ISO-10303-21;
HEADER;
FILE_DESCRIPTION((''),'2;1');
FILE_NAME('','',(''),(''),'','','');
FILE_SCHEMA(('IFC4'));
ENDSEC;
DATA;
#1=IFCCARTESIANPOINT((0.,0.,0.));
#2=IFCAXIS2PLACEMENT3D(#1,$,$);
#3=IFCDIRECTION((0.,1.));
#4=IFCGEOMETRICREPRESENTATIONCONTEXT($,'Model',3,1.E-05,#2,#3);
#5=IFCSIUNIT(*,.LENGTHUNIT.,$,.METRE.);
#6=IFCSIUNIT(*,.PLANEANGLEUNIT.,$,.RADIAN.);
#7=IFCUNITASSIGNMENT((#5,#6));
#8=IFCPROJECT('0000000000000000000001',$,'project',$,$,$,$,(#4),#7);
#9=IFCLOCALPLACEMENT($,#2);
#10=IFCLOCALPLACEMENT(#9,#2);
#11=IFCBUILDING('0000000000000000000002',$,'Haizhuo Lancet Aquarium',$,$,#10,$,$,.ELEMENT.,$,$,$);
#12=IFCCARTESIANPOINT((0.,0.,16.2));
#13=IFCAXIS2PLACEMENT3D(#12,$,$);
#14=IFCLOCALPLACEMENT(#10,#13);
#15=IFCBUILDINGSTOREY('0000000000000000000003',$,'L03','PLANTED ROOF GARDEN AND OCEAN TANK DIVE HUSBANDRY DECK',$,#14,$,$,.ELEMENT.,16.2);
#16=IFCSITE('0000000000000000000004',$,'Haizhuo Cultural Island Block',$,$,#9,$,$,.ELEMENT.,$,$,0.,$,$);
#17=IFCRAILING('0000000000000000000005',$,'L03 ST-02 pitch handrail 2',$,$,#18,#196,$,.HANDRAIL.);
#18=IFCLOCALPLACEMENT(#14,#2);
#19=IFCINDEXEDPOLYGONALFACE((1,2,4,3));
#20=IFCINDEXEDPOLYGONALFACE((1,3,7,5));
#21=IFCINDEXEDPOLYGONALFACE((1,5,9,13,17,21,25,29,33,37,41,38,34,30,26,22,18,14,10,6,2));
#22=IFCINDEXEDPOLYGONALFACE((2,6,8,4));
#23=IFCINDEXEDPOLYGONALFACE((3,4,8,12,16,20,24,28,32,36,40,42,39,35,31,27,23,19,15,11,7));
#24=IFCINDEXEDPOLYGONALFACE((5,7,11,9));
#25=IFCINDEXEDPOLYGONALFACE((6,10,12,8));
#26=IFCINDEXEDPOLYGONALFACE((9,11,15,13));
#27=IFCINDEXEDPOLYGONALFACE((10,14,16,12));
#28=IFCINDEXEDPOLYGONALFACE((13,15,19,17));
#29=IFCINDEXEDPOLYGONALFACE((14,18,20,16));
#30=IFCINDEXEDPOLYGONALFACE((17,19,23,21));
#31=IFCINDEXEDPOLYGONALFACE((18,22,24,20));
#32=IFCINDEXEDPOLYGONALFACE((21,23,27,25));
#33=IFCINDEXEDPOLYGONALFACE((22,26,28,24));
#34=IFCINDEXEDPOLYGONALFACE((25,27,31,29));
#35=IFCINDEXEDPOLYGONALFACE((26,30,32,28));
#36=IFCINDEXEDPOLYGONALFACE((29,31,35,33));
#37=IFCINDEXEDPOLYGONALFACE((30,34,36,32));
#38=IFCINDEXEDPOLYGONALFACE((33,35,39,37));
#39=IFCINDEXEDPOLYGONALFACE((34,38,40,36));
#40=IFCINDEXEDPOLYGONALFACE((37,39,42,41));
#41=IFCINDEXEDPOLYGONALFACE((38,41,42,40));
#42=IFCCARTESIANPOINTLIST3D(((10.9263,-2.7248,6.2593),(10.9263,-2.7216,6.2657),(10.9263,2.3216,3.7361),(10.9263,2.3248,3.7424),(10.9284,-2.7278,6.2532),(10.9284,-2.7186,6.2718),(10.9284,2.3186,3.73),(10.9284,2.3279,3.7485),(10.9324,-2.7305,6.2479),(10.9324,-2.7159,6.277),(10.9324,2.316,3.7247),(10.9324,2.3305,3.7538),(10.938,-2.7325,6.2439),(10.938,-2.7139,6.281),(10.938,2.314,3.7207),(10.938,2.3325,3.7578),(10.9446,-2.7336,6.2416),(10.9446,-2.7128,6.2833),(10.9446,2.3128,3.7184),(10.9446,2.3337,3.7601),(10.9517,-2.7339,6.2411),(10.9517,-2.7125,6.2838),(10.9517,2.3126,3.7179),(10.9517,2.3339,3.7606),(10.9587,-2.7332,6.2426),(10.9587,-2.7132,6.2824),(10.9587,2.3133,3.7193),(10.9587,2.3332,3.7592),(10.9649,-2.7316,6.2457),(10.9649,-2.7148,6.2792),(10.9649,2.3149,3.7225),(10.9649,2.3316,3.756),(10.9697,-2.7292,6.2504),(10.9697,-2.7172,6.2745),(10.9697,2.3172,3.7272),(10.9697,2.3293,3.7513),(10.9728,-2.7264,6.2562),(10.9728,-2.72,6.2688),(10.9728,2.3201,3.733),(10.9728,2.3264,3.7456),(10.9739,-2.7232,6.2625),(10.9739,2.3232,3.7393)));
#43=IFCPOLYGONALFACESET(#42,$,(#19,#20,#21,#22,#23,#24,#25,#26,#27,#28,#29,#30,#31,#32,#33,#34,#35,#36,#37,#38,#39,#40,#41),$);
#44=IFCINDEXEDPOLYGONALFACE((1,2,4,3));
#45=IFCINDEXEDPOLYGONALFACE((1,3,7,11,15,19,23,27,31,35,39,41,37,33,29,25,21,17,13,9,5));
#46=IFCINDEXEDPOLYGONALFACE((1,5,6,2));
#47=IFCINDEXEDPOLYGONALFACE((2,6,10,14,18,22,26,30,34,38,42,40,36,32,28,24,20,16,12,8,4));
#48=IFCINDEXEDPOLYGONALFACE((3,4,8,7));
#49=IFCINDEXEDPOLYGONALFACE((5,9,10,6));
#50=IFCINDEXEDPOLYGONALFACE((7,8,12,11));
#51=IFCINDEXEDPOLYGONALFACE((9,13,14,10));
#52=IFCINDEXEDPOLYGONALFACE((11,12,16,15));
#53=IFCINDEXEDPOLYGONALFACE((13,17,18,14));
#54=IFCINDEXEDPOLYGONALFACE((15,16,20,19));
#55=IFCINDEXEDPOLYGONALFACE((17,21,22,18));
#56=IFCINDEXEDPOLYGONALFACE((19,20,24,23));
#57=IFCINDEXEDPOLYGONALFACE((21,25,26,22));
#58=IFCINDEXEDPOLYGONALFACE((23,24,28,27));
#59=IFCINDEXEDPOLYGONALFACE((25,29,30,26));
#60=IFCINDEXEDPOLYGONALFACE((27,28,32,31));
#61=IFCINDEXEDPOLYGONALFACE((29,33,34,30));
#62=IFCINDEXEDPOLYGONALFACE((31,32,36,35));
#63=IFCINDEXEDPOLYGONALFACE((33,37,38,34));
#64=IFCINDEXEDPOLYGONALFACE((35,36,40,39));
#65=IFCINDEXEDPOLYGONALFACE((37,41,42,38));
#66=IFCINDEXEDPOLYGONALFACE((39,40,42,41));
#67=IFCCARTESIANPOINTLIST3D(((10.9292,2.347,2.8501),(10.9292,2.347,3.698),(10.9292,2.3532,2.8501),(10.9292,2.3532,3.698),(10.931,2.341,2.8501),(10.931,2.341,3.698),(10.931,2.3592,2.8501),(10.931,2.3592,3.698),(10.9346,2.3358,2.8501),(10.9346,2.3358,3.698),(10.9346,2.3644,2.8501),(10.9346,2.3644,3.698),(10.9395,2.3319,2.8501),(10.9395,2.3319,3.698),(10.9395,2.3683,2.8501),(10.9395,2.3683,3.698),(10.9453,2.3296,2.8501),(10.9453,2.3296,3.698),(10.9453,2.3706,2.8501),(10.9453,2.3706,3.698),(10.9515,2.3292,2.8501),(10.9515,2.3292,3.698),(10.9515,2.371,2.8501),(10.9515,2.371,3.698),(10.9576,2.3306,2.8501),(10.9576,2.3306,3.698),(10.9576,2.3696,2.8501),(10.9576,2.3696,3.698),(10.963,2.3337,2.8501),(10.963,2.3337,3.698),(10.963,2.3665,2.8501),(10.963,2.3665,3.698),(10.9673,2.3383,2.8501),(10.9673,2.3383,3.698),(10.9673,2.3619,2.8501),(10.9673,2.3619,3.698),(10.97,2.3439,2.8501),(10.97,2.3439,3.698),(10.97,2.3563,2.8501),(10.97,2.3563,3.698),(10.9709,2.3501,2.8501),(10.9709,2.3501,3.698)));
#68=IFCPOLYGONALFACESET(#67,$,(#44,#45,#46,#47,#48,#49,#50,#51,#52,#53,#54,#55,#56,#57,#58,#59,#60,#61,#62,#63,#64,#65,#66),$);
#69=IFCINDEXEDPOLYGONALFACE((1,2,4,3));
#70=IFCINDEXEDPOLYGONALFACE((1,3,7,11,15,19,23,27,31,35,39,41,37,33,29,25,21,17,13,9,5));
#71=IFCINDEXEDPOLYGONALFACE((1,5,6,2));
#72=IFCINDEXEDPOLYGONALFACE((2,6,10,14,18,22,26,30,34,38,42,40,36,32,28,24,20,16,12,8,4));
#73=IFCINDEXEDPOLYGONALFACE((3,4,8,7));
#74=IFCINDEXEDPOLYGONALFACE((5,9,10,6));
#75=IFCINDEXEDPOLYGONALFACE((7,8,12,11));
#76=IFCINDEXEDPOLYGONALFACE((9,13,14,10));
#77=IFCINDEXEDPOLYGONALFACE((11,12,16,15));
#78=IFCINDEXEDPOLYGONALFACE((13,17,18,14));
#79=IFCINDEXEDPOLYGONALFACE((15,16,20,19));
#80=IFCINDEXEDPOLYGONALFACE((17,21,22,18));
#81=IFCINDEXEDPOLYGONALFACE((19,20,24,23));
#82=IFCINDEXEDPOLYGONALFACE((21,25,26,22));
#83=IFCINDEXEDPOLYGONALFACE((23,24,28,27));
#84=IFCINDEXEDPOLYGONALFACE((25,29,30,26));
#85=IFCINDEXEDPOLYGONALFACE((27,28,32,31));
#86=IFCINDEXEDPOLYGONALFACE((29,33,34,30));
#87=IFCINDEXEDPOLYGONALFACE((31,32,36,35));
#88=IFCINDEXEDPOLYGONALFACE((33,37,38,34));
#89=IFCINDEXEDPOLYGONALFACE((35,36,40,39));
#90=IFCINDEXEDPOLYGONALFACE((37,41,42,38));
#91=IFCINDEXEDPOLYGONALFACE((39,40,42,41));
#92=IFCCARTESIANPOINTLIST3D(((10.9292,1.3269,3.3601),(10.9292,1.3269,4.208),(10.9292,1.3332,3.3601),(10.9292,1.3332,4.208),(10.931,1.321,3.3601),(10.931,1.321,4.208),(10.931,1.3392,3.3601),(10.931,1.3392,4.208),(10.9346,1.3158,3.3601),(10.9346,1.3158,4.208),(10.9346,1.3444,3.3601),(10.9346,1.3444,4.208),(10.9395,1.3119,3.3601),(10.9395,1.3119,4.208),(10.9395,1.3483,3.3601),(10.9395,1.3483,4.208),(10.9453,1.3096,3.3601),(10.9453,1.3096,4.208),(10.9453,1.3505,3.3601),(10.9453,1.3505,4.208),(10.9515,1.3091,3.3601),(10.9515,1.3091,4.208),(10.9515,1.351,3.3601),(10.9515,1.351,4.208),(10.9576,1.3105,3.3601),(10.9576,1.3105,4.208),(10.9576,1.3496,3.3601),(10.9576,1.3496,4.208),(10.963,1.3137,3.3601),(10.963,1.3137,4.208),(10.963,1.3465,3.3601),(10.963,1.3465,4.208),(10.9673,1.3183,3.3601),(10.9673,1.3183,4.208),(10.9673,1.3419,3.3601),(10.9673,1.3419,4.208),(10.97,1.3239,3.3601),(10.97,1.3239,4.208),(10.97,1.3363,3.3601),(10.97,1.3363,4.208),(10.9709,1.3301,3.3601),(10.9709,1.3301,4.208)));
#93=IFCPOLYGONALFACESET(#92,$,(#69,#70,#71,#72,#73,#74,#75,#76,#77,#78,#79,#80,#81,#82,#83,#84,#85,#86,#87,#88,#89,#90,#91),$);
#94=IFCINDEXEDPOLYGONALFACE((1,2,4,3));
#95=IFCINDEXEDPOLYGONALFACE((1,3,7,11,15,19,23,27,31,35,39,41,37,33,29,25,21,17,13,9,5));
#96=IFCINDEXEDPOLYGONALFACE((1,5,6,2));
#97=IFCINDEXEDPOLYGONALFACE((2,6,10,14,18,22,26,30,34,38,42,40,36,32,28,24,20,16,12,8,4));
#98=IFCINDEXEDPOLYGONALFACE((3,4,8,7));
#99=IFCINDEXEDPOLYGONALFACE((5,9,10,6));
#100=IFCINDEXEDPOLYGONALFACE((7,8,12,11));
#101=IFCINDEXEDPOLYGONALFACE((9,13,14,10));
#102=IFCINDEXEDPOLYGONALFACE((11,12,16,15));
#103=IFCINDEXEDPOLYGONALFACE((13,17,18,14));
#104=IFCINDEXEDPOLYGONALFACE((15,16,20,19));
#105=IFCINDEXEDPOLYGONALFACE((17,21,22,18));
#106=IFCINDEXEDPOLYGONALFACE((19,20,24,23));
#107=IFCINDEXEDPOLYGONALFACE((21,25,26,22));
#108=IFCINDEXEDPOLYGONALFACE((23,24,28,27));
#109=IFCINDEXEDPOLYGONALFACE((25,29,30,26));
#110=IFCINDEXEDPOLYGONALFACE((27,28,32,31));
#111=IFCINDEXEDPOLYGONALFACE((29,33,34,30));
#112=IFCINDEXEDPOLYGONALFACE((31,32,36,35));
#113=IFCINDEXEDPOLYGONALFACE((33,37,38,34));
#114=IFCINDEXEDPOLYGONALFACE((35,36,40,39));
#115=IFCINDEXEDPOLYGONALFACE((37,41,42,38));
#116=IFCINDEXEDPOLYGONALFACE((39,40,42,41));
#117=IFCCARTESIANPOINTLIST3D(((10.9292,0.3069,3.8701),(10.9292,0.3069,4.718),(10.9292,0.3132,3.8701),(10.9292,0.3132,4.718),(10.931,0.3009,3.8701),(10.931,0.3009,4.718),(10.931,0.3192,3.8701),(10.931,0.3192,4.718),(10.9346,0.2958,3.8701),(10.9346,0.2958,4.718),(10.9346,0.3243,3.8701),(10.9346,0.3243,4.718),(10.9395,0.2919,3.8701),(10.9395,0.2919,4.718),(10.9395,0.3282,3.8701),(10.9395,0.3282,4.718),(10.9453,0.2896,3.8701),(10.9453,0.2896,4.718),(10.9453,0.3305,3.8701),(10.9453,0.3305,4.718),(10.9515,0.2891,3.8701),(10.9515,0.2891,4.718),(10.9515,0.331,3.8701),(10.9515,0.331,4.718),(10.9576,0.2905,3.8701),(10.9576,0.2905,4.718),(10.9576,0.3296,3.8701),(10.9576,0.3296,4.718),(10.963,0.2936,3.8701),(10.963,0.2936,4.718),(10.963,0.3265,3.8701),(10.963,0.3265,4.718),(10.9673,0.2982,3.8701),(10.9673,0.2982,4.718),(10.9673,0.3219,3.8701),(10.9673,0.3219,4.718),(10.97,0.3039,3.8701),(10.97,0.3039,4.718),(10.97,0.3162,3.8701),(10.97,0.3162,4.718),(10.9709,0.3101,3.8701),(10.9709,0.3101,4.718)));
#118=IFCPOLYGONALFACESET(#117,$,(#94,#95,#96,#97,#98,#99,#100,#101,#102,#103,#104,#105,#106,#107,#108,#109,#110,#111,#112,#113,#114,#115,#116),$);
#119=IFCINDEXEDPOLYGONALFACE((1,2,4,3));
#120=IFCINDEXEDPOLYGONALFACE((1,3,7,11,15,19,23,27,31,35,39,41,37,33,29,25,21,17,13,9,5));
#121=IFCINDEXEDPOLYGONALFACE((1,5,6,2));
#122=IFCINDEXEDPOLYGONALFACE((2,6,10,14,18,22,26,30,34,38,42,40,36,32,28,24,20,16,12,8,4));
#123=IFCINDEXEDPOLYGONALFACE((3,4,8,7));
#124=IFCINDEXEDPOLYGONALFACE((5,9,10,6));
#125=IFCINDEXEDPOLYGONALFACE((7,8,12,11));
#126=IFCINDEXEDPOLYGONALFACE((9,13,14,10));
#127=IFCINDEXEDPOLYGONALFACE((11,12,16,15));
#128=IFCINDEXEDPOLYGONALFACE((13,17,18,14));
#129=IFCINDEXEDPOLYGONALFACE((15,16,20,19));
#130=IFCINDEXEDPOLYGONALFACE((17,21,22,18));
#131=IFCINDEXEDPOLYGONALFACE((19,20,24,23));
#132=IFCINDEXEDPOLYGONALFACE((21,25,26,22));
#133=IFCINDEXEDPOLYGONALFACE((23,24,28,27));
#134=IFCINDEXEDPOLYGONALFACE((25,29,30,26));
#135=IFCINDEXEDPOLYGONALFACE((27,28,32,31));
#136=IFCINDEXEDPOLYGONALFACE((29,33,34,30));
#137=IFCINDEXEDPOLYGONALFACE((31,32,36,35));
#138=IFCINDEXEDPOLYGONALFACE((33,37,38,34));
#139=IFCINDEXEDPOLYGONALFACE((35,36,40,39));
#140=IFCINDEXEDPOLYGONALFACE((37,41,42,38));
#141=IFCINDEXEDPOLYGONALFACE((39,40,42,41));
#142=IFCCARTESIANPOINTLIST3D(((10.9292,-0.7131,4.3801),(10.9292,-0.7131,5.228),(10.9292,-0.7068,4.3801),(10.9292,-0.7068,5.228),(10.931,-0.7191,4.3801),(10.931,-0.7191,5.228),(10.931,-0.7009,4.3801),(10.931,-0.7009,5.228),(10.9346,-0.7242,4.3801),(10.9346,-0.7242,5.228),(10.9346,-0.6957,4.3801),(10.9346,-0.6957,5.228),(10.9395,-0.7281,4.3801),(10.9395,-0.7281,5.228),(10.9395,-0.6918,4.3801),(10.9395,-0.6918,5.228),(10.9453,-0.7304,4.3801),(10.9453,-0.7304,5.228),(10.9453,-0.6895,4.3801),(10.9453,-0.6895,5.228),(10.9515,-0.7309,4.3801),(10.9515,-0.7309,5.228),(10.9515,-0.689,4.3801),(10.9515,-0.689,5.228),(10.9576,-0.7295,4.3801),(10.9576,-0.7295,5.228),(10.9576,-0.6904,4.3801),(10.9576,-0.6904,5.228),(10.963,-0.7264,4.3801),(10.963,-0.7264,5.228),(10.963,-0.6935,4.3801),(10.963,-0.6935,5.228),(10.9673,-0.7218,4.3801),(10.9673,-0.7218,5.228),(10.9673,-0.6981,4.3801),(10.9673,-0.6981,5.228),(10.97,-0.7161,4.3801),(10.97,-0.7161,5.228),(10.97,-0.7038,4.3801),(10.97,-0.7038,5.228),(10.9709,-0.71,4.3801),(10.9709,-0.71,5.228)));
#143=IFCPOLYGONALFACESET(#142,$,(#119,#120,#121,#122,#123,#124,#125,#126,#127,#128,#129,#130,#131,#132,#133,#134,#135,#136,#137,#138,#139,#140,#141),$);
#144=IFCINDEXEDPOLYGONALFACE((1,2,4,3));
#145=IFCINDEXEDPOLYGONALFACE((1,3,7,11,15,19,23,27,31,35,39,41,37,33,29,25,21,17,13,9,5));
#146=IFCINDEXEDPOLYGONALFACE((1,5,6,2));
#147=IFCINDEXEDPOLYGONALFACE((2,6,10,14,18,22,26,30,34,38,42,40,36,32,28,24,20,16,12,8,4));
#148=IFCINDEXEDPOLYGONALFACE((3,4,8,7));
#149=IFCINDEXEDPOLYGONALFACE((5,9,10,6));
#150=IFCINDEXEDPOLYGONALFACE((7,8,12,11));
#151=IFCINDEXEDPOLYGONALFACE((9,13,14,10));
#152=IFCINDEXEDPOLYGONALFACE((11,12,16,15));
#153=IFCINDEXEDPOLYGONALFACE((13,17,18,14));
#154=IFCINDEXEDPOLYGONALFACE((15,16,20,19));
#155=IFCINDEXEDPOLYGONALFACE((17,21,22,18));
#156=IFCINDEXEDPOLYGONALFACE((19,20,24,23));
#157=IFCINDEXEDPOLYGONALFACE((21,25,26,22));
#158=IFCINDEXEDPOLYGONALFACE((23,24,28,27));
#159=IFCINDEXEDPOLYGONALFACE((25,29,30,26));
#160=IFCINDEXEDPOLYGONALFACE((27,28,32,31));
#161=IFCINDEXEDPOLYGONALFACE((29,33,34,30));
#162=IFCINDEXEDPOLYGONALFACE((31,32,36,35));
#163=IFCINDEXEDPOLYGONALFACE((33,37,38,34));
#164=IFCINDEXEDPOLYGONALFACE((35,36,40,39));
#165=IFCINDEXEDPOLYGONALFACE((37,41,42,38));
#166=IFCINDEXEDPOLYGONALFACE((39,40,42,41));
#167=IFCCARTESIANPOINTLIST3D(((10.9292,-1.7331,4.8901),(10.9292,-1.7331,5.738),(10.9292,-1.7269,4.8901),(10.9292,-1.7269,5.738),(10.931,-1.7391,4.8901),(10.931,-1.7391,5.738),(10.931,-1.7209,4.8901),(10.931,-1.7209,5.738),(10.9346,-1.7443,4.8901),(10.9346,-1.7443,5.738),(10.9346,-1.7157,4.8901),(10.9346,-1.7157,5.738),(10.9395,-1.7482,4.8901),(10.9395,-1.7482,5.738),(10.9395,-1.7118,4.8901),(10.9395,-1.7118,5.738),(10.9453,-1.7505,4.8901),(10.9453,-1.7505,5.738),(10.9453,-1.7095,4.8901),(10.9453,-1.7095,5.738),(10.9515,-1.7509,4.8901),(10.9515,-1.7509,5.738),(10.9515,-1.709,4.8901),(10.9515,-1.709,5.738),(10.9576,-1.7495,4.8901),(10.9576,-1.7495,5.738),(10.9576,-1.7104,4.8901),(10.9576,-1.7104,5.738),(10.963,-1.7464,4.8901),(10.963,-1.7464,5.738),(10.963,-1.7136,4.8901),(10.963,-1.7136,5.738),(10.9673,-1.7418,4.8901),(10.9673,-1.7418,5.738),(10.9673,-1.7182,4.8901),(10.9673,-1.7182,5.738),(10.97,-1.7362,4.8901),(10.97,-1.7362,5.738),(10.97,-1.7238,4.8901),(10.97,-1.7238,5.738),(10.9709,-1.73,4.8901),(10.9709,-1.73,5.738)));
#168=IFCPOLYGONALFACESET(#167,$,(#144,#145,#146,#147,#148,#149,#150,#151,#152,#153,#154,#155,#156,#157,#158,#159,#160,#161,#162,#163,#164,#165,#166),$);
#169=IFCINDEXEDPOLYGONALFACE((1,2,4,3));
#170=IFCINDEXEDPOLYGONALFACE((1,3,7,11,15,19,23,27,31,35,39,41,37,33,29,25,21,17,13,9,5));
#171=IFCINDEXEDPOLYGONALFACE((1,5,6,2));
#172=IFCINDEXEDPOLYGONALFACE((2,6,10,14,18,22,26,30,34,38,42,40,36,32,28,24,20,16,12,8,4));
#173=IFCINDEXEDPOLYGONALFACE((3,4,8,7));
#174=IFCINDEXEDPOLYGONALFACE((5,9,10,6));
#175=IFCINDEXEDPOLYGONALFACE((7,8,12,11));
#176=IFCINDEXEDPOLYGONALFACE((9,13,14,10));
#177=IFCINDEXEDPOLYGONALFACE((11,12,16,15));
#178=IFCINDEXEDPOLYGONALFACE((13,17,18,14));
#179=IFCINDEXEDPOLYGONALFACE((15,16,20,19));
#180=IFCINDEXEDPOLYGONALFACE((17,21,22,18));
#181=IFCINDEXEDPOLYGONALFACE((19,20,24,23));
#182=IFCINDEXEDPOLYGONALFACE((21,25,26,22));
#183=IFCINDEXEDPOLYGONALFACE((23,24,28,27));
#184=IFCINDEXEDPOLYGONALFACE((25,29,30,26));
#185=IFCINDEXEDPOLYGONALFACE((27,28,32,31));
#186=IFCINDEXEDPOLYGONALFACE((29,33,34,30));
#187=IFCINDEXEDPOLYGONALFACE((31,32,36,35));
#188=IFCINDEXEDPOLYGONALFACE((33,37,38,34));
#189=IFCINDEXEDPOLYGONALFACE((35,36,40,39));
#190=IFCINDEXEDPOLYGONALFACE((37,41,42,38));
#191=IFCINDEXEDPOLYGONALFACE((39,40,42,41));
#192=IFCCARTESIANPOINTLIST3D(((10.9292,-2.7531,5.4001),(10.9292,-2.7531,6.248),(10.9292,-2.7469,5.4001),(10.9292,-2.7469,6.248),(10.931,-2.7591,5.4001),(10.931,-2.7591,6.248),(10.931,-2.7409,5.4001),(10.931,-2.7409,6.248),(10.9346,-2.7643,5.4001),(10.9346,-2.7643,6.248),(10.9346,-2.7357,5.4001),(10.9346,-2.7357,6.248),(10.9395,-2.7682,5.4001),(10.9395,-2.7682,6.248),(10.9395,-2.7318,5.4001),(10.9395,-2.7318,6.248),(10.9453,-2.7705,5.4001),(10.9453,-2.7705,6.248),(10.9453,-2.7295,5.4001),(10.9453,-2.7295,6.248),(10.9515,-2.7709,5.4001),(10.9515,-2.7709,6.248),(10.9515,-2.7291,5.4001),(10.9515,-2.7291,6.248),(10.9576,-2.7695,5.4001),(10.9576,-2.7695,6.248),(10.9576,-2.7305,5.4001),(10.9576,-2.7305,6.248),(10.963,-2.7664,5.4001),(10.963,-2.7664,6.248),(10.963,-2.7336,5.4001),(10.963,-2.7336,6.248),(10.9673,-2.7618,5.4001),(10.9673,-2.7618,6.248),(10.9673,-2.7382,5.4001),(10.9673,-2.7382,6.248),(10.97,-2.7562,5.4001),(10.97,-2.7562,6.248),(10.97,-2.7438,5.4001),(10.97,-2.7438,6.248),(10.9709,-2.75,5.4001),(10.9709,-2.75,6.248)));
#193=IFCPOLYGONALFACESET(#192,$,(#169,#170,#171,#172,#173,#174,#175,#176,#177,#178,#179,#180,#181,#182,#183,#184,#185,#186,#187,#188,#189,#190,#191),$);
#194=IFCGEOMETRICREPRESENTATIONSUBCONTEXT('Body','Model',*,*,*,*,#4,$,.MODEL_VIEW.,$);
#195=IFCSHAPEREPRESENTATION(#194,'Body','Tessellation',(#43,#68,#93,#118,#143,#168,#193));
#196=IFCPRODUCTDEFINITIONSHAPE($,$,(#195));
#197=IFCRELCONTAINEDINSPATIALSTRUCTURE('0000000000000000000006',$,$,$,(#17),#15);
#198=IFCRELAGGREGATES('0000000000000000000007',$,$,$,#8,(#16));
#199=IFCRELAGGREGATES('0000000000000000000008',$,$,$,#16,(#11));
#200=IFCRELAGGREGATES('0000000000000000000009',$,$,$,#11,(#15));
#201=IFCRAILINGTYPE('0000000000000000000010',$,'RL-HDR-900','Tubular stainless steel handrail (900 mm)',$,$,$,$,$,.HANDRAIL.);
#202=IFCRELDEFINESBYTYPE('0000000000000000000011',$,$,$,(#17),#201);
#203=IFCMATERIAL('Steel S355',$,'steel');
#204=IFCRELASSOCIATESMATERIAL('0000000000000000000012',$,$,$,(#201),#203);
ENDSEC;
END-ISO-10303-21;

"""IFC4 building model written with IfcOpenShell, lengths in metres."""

from ifc_helpers import new_model, si_unit, direction, frame, origin, origin_2d, place, context, subcontext, project, spatial, circle, extrude, material, type_object, element, save


model = new_model("IFC4")

# Units and contexts
model_context = context("Model", 3, precision=1e-05, world=origin(), true_north=direction((0.0, 1.0)))
body_context = subcontext(model_context, "Body", "Model", "MODEL_VIEW")
ifc_project = project(units=[si_unit("LENGTHUNIT", "METRE"), si_unit("PLANEANGLEUNIT", "RADIAN")], contexts=[model_context])

# Site, building, storey
site_placement = place(None, origin())
site = spatial("IfcSite", under=ifc_project, at=site_placement, Name="Haizhuo Cultural Island Block", CompositionType="ELEMENT", RefElevation=0.0)
building_placement = place(site_placement, origin())
building = spatial("IfcBuilding", under=site, at=building_placement, Name="Haizhuo Lancet Aquarium", CompositionType="ELEMENT")
storey_placement = place(building_placement, frame((0.0, 0.0, 16.2)))
storey = spatial("IfcBuildingStorey", under=building, at=storey_placement, Name="L03", Description="PLANTED ROOF GARDEN AND OCEAN TANK DIVE HUSBANDRY DECK", CompositionType="ELEMENT", Elevation=16.2)

# Shared definitions
ifc_material_1 = material(Name="Steel S355", Category="steel")

# Railing
railing_type_1 = type_object("IfcRailingType", Name="RL-HDR-900", Description="Tubular stainless steel handrail (900 mm)", PredefinedType="HANDRAIL", material=ifc_material_1)
railing_1_placement = place(storey_placement, frame((10.95, 2.3501, 2.8501)))
element("IfcRailing", 1, at=railing_1_placement, inside=storey, type_object=railing_type_1, Name="L03 ST-02 pitch handrail 2", PredefinedType="HANDRAIL", context=body_context, shape_type="SweptSolid", body=[
    extrude(circle(Radius=0.0239, at=origin_2d()), frame((0.0, -0.0269, 0.8892), z_axis=(0.0, -0.894427, 0.447214), x_axis=(1.0, 0.0, 0.0)), (0.0, 0.0, 1.0), 5.6421),
    extrude(circle(Radius=0.021, at=origin_2d()), origin(), (0.0, 0.0, 1.0), 0.8479),
    extrude(circle(Radius=0.021, at=origin_2d()), frame((0.0, -1.02, 0.51)), (0.0, 0.0, 1.0), 0.8479),
    extrude(circle(Radius=0.021, at=origin_2d()), frame((0.0, -2.04, 1.02)), (0.0, 0.0, 1.0), 0.8479),
    extrude(circle(Radius=0.021, at=origin_2d()), frame((0.0, -3.0601, 1.53)), (0.0, 0.0, 1.0), 0.8479),
    extrude(circle(Radius=0.021, at=origin_2d()), frame((0.0, -4.0801, 2.04)), (0.0, 0.0, 1.0), 0.8479),
    extrude(circle(Radius=0.021, at=origin_2d()), frame((0.0, -5.1001, 2.55)), (0.0, 0.0, 1.0), 0.8479),
])

save(model, "model.ifc")
